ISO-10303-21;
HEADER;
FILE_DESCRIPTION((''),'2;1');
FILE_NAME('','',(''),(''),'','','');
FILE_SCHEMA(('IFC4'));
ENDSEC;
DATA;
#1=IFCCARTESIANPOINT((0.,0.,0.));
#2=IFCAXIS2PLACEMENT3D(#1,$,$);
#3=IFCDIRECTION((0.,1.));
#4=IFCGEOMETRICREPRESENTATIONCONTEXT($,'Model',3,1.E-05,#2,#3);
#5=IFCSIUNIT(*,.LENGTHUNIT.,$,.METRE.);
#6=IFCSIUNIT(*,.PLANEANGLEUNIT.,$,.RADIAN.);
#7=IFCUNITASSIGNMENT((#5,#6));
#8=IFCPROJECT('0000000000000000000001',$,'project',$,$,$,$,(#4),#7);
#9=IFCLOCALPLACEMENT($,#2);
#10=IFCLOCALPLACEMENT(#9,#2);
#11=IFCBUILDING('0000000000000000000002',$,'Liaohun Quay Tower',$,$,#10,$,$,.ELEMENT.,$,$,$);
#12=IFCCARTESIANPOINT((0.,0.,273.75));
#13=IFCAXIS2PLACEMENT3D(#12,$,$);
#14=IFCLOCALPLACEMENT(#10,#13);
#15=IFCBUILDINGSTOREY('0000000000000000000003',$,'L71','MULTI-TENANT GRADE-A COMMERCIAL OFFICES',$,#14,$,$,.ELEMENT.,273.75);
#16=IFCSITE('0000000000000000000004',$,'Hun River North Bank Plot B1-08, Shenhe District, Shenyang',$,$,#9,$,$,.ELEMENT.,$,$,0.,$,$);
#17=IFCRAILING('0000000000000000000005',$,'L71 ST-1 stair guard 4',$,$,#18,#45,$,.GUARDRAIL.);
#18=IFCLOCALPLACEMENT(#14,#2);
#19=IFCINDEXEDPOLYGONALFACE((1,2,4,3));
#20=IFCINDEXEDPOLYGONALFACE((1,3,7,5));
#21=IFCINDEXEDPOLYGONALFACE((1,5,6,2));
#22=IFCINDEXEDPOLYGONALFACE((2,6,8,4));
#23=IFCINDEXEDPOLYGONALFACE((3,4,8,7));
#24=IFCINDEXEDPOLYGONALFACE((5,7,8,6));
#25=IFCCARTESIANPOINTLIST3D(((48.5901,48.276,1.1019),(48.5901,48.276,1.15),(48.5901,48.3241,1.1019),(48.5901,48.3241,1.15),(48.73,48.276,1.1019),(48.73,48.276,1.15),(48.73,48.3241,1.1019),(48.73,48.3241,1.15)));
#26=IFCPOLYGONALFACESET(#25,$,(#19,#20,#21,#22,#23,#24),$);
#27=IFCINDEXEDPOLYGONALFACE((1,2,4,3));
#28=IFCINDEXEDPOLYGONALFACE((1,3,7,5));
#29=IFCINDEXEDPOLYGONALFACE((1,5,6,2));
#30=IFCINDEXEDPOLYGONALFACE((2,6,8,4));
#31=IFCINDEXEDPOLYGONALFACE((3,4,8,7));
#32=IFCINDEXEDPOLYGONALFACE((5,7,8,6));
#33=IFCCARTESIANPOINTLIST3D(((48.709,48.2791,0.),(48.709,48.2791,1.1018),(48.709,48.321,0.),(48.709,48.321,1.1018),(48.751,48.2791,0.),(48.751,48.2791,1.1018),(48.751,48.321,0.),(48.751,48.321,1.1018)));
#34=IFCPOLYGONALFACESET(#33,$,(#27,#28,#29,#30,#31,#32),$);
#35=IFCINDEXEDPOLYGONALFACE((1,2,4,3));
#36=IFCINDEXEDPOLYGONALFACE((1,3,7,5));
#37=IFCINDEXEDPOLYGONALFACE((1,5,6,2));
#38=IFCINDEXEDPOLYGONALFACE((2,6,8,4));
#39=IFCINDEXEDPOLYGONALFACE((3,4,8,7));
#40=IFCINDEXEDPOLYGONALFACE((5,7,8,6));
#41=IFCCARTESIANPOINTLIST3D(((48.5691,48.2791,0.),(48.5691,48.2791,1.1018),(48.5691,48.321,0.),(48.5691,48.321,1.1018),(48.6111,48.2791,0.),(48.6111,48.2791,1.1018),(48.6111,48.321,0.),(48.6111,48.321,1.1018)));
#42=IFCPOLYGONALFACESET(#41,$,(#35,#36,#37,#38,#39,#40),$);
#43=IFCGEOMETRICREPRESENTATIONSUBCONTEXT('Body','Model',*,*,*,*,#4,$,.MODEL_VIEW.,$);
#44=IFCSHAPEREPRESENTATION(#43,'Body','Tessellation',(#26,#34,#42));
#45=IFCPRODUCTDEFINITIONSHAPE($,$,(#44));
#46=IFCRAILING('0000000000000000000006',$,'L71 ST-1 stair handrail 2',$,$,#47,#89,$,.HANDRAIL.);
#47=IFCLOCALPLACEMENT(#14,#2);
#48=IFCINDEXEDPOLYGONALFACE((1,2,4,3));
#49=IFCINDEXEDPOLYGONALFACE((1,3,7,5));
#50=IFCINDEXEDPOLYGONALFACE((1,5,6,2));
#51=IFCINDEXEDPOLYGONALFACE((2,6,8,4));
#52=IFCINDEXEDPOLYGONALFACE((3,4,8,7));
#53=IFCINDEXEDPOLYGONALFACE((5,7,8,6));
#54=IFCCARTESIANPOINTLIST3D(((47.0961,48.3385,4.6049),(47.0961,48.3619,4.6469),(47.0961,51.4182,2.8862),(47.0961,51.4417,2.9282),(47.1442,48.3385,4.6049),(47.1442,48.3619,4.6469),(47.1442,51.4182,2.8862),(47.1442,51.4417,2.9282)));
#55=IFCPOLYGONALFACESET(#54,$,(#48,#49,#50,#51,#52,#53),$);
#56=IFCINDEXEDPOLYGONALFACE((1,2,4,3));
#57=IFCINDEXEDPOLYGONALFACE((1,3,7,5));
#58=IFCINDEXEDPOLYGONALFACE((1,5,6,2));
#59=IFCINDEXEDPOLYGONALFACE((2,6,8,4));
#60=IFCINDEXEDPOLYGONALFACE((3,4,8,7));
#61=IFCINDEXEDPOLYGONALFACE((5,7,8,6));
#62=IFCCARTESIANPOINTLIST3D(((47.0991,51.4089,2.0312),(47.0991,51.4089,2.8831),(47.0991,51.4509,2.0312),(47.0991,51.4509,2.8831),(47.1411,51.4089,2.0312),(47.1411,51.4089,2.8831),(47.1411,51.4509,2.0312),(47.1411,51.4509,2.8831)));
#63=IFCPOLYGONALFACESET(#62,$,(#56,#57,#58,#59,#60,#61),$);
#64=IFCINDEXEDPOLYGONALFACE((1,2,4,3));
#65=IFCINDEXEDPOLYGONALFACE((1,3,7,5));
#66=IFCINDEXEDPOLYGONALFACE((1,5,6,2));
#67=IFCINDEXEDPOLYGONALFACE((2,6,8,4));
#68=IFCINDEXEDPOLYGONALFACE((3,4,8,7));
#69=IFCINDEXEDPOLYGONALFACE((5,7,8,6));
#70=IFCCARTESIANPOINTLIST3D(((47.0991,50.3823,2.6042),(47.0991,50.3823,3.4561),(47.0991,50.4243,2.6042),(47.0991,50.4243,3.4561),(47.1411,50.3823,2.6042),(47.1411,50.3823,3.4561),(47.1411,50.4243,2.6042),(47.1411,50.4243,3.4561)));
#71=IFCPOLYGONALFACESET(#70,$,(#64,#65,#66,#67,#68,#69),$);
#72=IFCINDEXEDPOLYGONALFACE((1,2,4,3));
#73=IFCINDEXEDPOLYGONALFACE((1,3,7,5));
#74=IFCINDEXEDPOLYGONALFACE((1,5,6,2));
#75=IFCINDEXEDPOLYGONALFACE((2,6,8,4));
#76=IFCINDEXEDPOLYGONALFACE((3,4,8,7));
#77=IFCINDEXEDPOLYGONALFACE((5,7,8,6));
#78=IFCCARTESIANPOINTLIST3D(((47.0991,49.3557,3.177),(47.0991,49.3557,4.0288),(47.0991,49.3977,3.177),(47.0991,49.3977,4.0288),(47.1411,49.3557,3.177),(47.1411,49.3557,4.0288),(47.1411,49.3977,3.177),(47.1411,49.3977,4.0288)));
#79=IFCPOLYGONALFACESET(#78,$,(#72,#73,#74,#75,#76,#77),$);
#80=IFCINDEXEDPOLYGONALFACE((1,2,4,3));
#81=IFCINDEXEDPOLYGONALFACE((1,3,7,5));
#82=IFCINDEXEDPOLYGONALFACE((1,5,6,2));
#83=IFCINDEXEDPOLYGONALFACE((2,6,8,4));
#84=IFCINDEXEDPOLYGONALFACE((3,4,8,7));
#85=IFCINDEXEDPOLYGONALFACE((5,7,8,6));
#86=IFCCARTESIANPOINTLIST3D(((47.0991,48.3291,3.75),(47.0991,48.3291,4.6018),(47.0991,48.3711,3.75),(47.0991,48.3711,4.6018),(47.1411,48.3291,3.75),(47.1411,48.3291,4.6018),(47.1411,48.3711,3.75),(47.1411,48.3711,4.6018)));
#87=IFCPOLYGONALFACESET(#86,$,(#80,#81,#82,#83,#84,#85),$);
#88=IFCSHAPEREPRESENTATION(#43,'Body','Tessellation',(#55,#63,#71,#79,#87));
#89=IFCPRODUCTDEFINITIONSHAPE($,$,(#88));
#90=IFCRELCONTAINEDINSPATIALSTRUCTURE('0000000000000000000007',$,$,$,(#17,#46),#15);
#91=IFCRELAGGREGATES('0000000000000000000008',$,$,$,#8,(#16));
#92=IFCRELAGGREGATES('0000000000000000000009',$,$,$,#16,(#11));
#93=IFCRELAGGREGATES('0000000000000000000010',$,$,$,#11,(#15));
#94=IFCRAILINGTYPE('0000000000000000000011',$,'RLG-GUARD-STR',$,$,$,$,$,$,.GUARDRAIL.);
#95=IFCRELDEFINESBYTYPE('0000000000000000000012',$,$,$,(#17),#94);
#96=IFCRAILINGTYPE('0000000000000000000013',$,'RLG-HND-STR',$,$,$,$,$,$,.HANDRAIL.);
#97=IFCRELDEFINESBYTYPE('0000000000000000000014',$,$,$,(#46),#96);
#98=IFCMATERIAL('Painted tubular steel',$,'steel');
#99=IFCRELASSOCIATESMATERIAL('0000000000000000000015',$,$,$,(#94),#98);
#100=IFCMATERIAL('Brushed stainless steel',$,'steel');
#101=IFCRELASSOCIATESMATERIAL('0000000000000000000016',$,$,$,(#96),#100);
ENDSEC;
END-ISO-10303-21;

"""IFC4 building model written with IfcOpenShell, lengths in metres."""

from ifc_helpers import new_model, si_unit, direction, frame, origin, origin_2d, place, context, subcontext, project, spatial, rectangle, extrude, material, type_object, element, save


model = new_model("IFC4")

# Units and contexts
model_context = context("Model", 3, precision=1e-05, world=origin(), true_north=direction((0.0, 1.0)))
body_context = subcontext(model_context, "Body", "Model", "MODEL_VIEW")
ifc_project = project(units=[si_unit("LENGTHUNIT", "METRE"), si_unit("PLANEANGLEUNIT", "RADIAN")], contexts=[model_context])

# Site, building, storey
site_placement = place(None, origin())
site = spatial("IfcSite", under=ifc_project, at=site_placement, Name="Hun River North Bank Plot B1-08, Shenhe District, Shenyang", CompositionType="ELEMENT", RefElevation=0.0)
building_placement = place(site_placement, origin())
building = spatial("IfcBuilding", under=site, at=building_placement, Name="Liaohun Quay Tower", CompositionType="ELEMENT")
storey_placement = place(building_placement, frame((0.0, 0.0, 273.75)))
storey = spatial("IfcBuildingStorey", under=building, at=storey_placement, Name="L71", Description="MULTI-TENANT GRADE-A COMMERCIAL OFFICES", CompositionType="ELEMENT", Elevation=273.75)

# Railings
ifc_material_1 = material(Name="Painted tubular steel", Category="steel")
railing_type_1 = type_object("IfcRailingType", Name="RLG-GUARD-STR", PredefinedType="GUARDRAIL", material=ifc_material_1)
railing_1_placement = place(storey_placement, frame((48.73, 48.3, 0.0)))
element("IfcRailing", 1, at=railing_1_placement, inside=storey, type_object=railing_type_1, Name="L71 ST-1 stair guard 4", PredefinedType="GUARDRAIL", context=body_context, shape_type="SweptSolid", body=[
    extrude(rectangle(XDim=0.0481, YDim=0.0481, at=origin_2d()), frame((0.0, 0.0, 1.126), z_axis=(-1.0, 0.0, 0.0), x_axis=(0.0, -1.0, 0.0)), (0.0, 0.0, 1.0), 0.1399),
    extrude(rectangle(XDim=0.042, YDim=0.042, at=origin_2d()), origin(), (0.0, 0.0, 1.0), 1.1018),
    extrude(rectangle(XDim=0.042, YDim=0.042, at=origin_2d()), frame((-0.1399, 0.0, 0.0)), (0.0, 0.0, 1.0), 1.1018),
])
ifc_material_2 = material(Name="Brushed stainless steel", Category="steel")
railing_type_2 = type_object("IfcRailingType", Name="RLG-HND-STR", PredefinedType="HANDRAIL", material=ifc_material_2)
railing_2_placement = place(storey_placement, frame((47.1201, 51.4299, 2.0312)))
element("IfcRailing", 2, at=railing_2_placement, inside=storey, type_object=railing_type_2, Name="L71 ST-1 stair handrail 2", PredefinedType="HANDRAIL", context=body_context, shape_type="SweptSolid", body=[
    extrude(rectangle(XDim=0.0481, YDim=0.0481, at=origin_2d()), frame((0.0, 0.0, 0.876), z_axis=(0.0, -0.873225, 0.487317), x_axis=(1.0, 0.0, 0.0)), (0.0, 0.0, 1.0), 3.5269),
    extrude(rectangle(XDim=0.042, YDim=0.042, at=origin_2d()), origin(), (0.0, 0.0, 1.0), 0.8518),
    extrude(rectangle(XDim=0.042, YDim=0.042, at=origin_2d()), frame((0.0, -1.0266, 0.573)), (0.0, 0.0, 1.0), 0.8518),
    extrude(rectangle(XDim=0.042, YDim=0.042, at=origin_2d()), frame((0.0, -2.0532, 1.1458)), (0.0, 0.0, 1.0), 0.8518),
    extrude(rectangle(XDim=0.042, YDim=0.042, at=origin_2d()), frame((0.0, -3.0798, 1.7188)), (0.0, 0.0, 1.0), 0.8518),
])

save(model, "model.ifc")
